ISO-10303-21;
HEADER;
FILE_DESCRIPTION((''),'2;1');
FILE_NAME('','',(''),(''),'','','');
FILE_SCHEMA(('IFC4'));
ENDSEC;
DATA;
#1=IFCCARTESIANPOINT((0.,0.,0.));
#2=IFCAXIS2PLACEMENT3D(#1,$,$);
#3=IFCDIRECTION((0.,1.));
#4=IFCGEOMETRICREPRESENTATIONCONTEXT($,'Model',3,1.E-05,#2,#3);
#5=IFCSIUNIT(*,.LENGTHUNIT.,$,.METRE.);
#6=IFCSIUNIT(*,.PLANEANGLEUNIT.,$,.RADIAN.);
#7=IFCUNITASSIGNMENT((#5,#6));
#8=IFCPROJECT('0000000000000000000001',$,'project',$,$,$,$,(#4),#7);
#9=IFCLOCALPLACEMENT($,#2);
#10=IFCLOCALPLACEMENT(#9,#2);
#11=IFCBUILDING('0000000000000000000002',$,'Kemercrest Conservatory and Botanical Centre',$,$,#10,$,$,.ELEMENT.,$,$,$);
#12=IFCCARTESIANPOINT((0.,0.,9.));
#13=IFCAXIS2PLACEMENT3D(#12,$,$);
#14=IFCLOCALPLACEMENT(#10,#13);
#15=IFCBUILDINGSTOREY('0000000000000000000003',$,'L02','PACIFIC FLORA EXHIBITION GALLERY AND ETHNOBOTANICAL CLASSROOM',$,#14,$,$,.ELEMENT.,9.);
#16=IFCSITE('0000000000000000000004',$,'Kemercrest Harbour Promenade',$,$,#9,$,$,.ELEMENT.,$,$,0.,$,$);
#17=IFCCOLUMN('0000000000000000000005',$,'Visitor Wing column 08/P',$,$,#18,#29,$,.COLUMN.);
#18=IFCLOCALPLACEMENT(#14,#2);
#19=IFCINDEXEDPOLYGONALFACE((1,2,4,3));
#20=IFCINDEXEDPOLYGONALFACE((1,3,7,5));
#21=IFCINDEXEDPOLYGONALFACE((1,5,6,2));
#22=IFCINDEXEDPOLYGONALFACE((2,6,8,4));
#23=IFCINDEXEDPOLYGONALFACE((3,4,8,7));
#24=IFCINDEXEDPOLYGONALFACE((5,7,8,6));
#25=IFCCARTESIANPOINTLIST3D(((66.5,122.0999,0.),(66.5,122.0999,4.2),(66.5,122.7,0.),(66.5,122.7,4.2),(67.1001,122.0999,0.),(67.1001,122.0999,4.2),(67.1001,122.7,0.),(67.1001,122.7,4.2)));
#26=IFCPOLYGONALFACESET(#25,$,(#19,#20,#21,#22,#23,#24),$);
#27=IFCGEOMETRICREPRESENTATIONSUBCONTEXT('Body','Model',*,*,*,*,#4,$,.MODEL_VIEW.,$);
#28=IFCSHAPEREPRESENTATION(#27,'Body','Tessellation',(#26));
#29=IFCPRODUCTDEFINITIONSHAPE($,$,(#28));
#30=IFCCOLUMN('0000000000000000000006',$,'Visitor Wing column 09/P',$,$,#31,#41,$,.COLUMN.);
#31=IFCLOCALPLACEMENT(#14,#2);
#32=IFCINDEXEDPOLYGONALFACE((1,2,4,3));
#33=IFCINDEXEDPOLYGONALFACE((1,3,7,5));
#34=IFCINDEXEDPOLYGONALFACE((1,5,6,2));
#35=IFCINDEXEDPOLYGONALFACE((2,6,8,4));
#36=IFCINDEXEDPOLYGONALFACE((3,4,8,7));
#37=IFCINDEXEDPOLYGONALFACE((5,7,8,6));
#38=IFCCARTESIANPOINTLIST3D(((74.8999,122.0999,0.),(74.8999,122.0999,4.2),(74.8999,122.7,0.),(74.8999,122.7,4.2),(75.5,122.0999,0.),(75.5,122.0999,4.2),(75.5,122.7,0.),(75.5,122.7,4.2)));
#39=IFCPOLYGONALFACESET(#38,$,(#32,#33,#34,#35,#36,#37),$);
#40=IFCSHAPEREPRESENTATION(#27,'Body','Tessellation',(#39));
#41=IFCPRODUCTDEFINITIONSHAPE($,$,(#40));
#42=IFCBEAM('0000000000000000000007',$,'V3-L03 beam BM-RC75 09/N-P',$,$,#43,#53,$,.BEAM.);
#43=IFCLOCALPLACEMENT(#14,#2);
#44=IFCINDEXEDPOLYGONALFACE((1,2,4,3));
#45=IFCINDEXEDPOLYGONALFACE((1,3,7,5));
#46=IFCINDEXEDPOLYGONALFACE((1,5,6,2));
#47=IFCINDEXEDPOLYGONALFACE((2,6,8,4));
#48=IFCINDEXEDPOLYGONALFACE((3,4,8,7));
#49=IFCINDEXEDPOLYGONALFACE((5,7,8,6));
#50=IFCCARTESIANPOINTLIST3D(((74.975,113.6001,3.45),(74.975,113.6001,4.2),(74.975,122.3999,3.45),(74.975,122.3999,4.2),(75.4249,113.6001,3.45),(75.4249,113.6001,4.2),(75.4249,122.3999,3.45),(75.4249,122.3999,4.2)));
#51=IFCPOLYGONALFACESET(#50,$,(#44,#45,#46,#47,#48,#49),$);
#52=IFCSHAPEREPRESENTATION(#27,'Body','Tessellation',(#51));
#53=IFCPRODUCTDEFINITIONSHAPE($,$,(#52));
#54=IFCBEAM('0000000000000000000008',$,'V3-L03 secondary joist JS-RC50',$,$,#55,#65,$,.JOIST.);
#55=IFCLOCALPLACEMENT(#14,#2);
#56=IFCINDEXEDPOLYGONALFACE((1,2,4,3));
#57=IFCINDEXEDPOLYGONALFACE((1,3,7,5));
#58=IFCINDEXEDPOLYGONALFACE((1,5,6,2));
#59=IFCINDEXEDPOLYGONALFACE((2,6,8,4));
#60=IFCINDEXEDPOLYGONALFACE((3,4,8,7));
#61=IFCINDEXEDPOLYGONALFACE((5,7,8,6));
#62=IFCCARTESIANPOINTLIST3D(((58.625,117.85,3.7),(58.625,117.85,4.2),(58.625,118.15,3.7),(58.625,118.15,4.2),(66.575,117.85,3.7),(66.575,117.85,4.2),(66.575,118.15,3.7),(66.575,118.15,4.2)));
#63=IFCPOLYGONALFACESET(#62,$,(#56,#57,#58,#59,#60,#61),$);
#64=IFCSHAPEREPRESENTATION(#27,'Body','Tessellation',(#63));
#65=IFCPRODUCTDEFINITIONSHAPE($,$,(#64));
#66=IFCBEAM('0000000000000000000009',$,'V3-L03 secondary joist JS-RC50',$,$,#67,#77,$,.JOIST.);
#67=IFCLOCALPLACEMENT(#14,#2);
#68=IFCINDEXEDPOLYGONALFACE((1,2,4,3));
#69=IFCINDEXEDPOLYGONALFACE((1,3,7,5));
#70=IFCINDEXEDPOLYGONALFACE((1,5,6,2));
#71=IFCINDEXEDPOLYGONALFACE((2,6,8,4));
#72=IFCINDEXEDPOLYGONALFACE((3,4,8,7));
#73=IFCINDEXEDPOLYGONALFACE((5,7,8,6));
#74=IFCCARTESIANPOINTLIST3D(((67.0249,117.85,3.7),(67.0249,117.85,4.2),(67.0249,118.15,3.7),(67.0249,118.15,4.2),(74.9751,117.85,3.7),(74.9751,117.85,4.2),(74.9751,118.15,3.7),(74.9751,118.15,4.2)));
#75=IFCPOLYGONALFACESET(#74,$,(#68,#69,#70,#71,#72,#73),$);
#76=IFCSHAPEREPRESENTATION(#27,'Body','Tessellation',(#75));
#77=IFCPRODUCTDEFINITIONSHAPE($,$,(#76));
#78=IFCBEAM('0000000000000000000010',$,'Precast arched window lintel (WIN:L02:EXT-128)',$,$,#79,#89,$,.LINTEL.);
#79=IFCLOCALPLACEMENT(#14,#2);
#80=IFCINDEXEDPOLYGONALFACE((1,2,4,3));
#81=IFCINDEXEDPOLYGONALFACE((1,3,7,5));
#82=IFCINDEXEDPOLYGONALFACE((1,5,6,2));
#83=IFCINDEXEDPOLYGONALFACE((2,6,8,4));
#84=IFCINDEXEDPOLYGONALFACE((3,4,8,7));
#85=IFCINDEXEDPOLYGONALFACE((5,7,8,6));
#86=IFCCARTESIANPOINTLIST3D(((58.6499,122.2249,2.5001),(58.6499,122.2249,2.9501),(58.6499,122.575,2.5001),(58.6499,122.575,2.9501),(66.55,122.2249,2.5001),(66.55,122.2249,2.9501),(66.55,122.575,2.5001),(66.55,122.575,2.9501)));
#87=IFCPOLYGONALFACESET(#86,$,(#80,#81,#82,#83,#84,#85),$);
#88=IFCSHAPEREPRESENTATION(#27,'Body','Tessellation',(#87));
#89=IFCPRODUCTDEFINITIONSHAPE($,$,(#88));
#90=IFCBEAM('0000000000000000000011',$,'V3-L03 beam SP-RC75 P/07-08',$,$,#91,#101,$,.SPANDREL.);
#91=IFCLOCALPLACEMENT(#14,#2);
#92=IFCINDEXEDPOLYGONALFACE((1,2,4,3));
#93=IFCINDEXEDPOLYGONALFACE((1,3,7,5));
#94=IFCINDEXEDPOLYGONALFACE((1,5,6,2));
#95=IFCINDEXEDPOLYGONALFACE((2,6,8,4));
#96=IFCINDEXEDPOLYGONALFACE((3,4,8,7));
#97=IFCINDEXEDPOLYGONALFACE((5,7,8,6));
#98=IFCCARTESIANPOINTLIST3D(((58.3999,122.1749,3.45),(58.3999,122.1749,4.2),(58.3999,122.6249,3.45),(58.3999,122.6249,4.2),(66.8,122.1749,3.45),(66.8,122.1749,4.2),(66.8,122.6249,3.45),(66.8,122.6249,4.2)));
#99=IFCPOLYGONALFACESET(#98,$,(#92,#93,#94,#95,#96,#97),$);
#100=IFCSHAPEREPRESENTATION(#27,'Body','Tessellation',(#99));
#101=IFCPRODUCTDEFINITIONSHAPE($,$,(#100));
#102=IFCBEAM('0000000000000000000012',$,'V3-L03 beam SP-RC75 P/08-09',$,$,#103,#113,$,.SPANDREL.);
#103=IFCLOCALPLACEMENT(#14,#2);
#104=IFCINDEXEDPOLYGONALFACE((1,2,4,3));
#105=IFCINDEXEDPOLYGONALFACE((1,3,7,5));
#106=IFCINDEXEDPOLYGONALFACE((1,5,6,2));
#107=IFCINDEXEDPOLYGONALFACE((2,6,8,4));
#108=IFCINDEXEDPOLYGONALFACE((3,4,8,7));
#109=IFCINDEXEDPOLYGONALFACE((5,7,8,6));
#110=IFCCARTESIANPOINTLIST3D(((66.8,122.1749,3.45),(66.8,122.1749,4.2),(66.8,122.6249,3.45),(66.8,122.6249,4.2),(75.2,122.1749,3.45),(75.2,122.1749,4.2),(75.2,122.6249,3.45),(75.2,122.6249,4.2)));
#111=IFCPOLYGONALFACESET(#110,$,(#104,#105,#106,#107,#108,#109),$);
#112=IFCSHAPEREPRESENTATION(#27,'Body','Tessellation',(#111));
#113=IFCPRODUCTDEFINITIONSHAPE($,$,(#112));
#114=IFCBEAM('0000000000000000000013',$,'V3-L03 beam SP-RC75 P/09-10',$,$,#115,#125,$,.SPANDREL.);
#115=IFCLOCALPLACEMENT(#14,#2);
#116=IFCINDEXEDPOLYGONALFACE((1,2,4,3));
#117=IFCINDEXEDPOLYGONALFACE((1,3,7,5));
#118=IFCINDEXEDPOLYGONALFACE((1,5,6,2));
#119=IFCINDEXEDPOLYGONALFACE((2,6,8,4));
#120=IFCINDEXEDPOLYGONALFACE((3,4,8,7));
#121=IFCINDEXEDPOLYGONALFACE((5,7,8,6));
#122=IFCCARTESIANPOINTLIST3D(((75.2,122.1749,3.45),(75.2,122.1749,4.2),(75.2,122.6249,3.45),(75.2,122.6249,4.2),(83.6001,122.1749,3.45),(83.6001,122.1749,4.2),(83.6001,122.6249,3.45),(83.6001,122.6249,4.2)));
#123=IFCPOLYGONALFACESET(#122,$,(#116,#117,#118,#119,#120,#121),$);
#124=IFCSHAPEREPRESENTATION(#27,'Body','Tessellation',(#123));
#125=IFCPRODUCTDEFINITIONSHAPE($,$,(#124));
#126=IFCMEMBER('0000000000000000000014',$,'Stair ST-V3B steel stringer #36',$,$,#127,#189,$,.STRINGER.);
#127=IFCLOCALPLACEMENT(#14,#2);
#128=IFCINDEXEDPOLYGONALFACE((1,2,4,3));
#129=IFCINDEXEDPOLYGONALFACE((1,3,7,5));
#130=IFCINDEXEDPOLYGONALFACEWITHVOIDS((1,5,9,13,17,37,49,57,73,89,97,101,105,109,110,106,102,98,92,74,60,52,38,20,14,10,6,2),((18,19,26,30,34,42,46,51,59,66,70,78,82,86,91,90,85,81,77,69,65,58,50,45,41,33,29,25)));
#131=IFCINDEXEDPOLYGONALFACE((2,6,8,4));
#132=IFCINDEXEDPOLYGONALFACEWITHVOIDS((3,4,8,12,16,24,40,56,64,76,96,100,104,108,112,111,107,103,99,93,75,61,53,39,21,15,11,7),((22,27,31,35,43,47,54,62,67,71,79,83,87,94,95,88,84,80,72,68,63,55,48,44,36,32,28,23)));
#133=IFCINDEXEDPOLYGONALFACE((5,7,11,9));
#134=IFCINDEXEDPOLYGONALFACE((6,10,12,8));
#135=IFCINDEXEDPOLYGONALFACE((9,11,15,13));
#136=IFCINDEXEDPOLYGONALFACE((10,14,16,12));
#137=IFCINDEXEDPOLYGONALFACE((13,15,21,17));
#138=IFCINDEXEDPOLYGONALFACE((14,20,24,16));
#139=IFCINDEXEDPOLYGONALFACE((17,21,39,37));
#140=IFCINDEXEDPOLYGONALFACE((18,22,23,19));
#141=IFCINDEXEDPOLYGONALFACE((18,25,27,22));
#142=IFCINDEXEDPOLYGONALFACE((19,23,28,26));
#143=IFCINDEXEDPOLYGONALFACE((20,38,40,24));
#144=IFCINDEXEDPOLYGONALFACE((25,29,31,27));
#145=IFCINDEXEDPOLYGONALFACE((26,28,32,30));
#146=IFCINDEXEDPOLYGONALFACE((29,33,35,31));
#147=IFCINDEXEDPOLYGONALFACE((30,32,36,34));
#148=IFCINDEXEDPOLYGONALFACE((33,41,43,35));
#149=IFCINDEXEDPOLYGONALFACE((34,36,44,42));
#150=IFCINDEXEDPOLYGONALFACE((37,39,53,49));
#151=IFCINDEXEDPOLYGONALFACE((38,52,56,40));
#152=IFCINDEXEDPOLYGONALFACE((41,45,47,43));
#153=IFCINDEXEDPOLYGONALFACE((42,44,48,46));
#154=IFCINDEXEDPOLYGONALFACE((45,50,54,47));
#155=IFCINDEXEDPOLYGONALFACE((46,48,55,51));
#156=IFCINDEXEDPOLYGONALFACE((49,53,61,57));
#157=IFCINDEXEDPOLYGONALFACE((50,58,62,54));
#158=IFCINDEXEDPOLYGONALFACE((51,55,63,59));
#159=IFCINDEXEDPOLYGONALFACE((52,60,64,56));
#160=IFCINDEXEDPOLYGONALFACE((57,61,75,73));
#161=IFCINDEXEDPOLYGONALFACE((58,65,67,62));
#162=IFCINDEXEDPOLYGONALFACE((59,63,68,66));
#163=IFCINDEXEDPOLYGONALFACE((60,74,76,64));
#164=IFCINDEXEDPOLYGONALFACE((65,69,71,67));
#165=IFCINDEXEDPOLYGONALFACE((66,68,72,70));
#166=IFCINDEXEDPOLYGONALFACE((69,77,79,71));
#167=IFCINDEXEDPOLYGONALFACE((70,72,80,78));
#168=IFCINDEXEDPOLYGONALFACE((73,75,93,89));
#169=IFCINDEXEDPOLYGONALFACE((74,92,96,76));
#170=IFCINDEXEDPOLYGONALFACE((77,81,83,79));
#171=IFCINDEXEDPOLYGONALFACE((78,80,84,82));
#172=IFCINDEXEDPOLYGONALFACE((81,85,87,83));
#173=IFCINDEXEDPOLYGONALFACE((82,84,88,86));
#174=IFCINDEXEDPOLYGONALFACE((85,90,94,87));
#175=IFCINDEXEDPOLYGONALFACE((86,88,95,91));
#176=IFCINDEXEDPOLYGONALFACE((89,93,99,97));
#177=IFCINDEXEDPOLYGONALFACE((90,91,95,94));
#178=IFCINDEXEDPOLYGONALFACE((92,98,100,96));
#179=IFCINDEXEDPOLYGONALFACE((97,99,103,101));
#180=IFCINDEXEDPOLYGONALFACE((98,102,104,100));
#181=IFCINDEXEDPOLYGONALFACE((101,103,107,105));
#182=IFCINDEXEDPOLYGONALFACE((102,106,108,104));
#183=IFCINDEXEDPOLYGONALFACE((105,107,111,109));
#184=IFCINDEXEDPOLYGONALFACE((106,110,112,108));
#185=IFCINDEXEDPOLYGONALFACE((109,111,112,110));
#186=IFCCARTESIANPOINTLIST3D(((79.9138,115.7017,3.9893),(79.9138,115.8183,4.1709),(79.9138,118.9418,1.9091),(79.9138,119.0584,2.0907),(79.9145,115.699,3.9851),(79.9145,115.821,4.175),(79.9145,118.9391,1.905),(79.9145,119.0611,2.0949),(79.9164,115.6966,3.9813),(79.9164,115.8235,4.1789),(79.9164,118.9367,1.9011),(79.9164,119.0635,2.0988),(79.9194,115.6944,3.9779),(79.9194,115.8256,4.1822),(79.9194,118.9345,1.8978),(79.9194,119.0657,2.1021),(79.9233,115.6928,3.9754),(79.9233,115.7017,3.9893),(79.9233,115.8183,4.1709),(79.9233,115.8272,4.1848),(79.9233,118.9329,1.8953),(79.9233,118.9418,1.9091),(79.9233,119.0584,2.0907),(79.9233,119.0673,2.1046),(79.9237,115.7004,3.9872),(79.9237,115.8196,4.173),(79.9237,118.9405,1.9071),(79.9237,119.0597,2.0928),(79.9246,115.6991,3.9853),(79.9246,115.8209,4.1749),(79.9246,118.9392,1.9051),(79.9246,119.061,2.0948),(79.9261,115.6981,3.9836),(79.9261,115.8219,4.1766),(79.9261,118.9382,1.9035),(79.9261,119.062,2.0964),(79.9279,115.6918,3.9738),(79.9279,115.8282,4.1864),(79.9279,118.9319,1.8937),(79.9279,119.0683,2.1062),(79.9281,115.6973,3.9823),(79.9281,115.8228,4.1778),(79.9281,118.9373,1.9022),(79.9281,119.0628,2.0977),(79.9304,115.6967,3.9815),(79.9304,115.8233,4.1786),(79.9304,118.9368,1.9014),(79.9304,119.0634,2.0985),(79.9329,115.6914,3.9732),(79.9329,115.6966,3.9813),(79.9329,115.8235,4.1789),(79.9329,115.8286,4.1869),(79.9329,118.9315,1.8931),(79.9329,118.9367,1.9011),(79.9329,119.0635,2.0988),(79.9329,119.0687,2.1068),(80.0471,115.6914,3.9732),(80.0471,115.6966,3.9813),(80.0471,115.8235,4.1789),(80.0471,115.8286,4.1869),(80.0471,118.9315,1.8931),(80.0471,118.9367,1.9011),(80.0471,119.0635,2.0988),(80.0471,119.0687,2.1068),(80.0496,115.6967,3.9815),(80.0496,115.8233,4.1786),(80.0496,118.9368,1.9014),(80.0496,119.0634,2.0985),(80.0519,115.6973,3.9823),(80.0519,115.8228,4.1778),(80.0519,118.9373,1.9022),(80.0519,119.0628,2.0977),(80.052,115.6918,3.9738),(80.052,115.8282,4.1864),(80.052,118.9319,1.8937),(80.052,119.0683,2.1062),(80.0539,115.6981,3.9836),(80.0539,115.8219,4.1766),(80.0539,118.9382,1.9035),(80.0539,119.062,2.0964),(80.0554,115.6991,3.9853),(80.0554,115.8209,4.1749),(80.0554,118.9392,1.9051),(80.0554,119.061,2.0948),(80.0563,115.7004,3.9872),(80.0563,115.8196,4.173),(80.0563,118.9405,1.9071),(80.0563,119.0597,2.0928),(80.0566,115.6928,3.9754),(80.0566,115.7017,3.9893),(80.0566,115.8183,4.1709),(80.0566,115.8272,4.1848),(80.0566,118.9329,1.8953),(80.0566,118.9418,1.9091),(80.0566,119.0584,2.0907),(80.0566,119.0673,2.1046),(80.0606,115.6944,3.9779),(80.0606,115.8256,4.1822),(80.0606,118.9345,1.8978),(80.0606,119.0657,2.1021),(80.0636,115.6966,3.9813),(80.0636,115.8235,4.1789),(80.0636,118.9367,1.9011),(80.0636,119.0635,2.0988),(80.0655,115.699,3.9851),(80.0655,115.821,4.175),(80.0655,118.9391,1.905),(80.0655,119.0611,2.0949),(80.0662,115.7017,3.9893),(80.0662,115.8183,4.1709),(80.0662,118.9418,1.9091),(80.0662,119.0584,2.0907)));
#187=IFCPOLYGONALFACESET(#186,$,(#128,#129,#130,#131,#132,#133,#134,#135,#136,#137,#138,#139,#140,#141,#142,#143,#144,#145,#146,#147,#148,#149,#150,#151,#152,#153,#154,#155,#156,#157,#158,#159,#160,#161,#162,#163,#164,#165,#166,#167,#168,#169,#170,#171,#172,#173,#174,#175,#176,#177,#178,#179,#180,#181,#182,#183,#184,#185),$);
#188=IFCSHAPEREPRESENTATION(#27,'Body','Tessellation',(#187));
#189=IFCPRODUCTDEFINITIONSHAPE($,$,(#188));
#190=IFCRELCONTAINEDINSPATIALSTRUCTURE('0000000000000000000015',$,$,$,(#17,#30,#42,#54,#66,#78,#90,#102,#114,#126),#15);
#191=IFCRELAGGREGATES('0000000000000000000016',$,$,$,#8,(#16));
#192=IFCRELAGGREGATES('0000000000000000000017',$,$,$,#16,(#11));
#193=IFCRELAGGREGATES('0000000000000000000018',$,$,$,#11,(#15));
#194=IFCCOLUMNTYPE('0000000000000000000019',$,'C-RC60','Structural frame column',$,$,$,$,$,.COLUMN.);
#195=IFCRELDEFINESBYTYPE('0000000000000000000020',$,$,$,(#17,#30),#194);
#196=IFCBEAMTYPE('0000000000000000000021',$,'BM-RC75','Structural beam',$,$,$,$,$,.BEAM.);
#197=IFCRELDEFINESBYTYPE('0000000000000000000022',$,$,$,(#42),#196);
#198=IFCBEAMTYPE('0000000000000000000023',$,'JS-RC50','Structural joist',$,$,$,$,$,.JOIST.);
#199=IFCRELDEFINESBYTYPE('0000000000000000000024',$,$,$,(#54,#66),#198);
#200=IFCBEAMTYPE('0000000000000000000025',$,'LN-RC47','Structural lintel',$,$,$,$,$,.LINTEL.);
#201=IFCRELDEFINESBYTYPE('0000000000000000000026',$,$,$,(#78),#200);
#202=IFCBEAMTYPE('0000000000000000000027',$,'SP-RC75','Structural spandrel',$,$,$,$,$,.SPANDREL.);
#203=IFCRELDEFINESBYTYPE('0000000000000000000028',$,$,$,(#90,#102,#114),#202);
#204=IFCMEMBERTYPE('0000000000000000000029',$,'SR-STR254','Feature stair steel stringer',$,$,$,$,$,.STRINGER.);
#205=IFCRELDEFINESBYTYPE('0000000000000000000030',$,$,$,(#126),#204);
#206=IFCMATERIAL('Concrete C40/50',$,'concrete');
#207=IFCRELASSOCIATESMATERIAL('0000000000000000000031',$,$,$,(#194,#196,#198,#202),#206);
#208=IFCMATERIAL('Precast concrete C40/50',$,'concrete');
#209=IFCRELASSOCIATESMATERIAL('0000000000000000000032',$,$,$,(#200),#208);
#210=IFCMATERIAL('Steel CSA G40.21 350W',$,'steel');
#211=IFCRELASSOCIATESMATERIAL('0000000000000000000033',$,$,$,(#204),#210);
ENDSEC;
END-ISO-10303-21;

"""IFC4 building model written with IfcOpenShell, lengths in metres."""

from ifc_helpers import new_model, si_unit, direction, frame, origin, origin_2d, place, context, subcontext, project, spatial, rectangle, hollow_rectangle, extrude, material, material_profile, profile_set, type_object, element, save


model = new_model("IFC4")

# Units and contexts
model_context = context("Model", 3, precision=1e-05, world=origin(), true_north=direction((0.0, 1.0)))
body_context = subcontext(model_context, "Body", "Model", "MODEL_VIEW")
ifc_project = project(units=[si_unit("LENGTHUNIT", "METRE"), si_unit("PLANEANGLEUNIT", "RADIAN")], contexts=[model_context])

# Site, building, storey
site_placement = place(None, origin())
site = spatial("IfcSite", under=ifc_project, at=site_placement, Name="Kemercrest Harbour Promenade", CompositionType="ELEMENT", RefElevation=0.0)
building_placement = place(site_placement, origin())
building = spatial("IfcBuilding", under=site, at=building_placement, Name="Kemercrest Conservatory and Botanical Centre", CompositionType="ELEMENT")
storey_placement = place(building_placement, frame((0.0, 0.0, 9.0)))
storey = spatial("IfcBuildingStorey", under=building, at=storey_placement, Name="L02", Description="PACIFIC FLORA EXHIBITION GALLERY AND ETHNOBOTANICAL CLASSROOM", CompositionType="ELEMENT", Elevation=9.0)

# Columns
ifc_material_1 = material(Name="Concrete C40/50", Category="concrete")
ifc_material_profile_1 = material_profile(ifc_material_1, rectangle(XDim=0.6001, YDim=0.6001, at=origin_2d()), Name="RC 600x600")
ifc_profile_set_1 = profile_set([ifc_material_profile_1], Name="Concrete C40/50")
column_type = type_object("IfcColumnType", Name="C-RC60", Description="Structural frame column", PredefinedType="COLUMN", material=ifc_profile_set_1)
for number, where, z_axis, x_axis, name in (
    (1, (66.8, 122.3999, 0.0), (0.0, 0.0, 1.0), (1.0, 0.0, 0.0), "Visitor Wing column 08/P"),
    (2, (75.2, 122.3999, 0.0), (0.0, 0.0, 1.0), (1.0, 0.0, 0.0), "Visitor Wing column 09/P"),
):
    element("IfcColumn", number, at=place(storey_placement, frame(where, z_axis=z_axis, x_axis=x_axis)), inside=storey, type_object=column_type, Name=name, PredefinedType="COLUMN", context=body_context, shape_type="SweptSolid", body=[
        extrude(rectangle(XDim=0.6001, YDim=0.6001, at=origin_2d()), origin(), (0.0, 0.0, 1.0), 4.2),
    ])

# Beams
ifc_material_profile_2 = material_profile(ifc_material_1, rectangle(XDim=0.45, YDim=0.75, at=origin_2d()), Name="RC 450x750")
ifc_profile_set_2 = profile_set([ifc_material_profile_2], Name="Concrete C40/50")
beam_type_1 = type_object("IfcBeamType", Name="BM-RC75", Description="Structural beam", PredefinedType="BEAM", material=ifc_profile_set_2)
beam_1_placement = place(storey_placement, frame((75.2, 113.6001, 3.825), z_axis=(0.0, 1.0, 0.0), x_axis=(-1.0, 0.0, 0.0)))
element("IfcBeam", 3, at=beam_1_placement, inside=storey, type_object=beam_type_1, Name="V3-L03 beam BM-RC75 09/N-P", PredefinedType="BEAM", context=body_context, shape_type="SweptSolid", body=[
    extrude(rectangle(XDim=0.45, YDim=0.75, at=origin_2d()), origin(), (0.0, 0.0, 1.0), 8.7998),
])
ifc_material_profile_3 = material_profile(ifc_material_1, rectangle(XDim=0.3, YDim=0.5, at=origin_2d()), Name="RC 300x500")
ifc_profile_set_3 = profile_set([ifc_material_profile_3], Name="Concrete C40/50")
beam_type_2 = type_object("IfcBeamType", Name="JS-RC50", Description="Structural joist", PredefinedType="JOIST", material=ifc_profile_set_3)
beam_2_placement = place(storey_placement, frame((58.625, 118.0, 3.95), z_axis=(1.0, 0.0, 0.0), x_axis=(0.0, 1.0, 0.0)))
element("IfcBeam", 4, at=beam_2_placement, inside=storey, type_object=beam_type_2, Name="V3-L03 secondary joist JS-RC50", PredefinedType="JOIST", context=body_context, shape_type="SweptSolid", body=[
    extrude(rectangle(XDim=0.3, YDim=0.5, at=origin_2d()), origin(), (0.0, 0.0, 1.0), 7.95),
])
beam_3_placement = place(storey_placement, frame((67.0249, 118.0, 3.95), z_axis=(1.0, 0.0, 0.0), x_axis=(0.0, 1.0, 0.0)))
element("IfcBeam", 5, at=beam_3_placement, inside=storey, type_object=beam_type_2, Name="V3-L03 secondary joist JS-RC50", PredefinedType="JOIST", context=body_context, shape_type="SweptSolid", body=[
    extrude(rectangle(XDim=0.3, YDim=0.5, at=origin_2d()), origin(), (0.0, 0.0, 1.0), 7.9502),
])
ifc_material_2 = material(Name="Precast concrete C40/50", Category="concrete")
ifc_material_profile_4 = material_profile(ifc_material_2, rectangle(XDim=0.3501, YDim=0.45, at=origin_2d()), Name="RC 350x450")
ifc_profile_set_4 = profile_set([ifc_material_profile_4], Name="Precast concrete C40/50")
beam_type_3 = type_object("IfcBeamType", Name="LN-RC47", Description="Structural lintel", PredefinedType="LINTEL", material=ifc_profile_set_4)
beam_4_placement = place(storey_placement, frame((66.55, 122.3999, 2.7251), z_axis=(-1.0, 0.0, 0.0), x_axis=(0.0, -1.0, 0.0)))
element("IfcBeam", 6, at=beam_4_placement, inside=storey, type_object=beam_type_3, Name="Precast arched window lintel (WIN:L02:EXT-128)", PredefinedType="LINTEL", context=body_context, shape_type="SweptSolid", body=[
    extrude(rectangle(XDim=0.3501, YDim=0.45, at=origin_2d()), origin(), (0.0, 0.0, 1.0), 7.9001),
])
ifc_material_profile_5 = material_profile(ifc_material_1, rectangle(XDim=0.45, YDim=0.75, at=origin_2d()), Name="RC 450x750")
ifc_profile_set_5 = profile_set([ifc_material_profile_5], Name="Concrete C40/50")
beam_type_4 = type_object("IfcBeamType", Name="SP-RC75", Description="Structural spandrel", PredefinedType="SPANDREL", material=ifc_profile_set_5)
beam_5_placement = place(storey_placement, frame((58.3999, 122.3999, 3.825), z_axis=(1.0, 0.0, 0.0), x_axis=(0.0, 1.0, 0.0)))
element("IfcBeam", 7, at=beam_5_placement, inside=storey, type_object=beam_type_4, Name="V3-L03 beam SP-RC75 P/07-08", PredefinedType="SPANDREL", context=body_context, shape_type="SweptSolid", body=[
    extrude(rectangle(XDim=0.45, YDim=0.75, at=origin_2d()), origin(), (0.0, 0.0, 1.0), 8.4001),
])
beam_6_placement = place(storey_placement, frame((66.8, 122.3999, 3.825), z_axis=(1.0, 0.0, 0.0), x_axis=(0.0, 1.0, 0.0)))
element("IfcBeam", 8, at=beam_6_placement, inside=storey, type_object=beam_type_4, Name="V3-L03 beam SP-RC75 P/08-09", PredefinedType="SPANDREL", context=body_context, shape_type="SweptSolid", body=[
    extrude(rectangle(XDim=0.45, YDim=0.75, at=origin_2d()), origin(), (0.0, 0.0, 1.0), 8.3999),
])
beam_7_placement = place(storey_placement, frame((75.2, 122.3999, 3.825), z_axis=(1.0, 0.0, 0.0), x_axis=(0.0, 1.0, 0.0)))
element("IfcBeam", 9, at=beam_7_placement, inside=storey, type_object=beam_type_4, Name="V3-L03 beam SP-RC75 P/09-10", PredefinedType="SPANDREL", context=body_context, shape_type="SweptSolid", body=[
    extrude(rectangle(XDim=0.45, YDim=0.75, at=origin_2d()), origin(), (0.0, 0.0, 1.0), 8.4001),
])

# Member
ifc_material_3 = material(Name="Steel CSA G40.21 350W", Category="steel")
ifc_material_profile_6 = material_profile(ifc_material_3, hollow_rectangle(XDim=0.1523, YDim=0.2539, WallThickness=0.0095, InnerFilletRadius=0.0095, OuterFilletRadius=0.019, at=origin_2d()), Name="HSS 254x152x9.5")
ifc_profile_set_6 = profile_set([ifc_material_profile_6], Name="Steel CSA G40.21 350W")
member_type = type_object("IfcMemberType", Name="SR-STR254", Description="Feature stair steel stringer", PredefinedType="STRINGER", material=ifc_profile_set_6)
member_placement = place(storey_placement, frame((79.99, 115.76, 4.0801), z_axis=(0.0, 0.841506, -0.540248), x_axis=(-1.0, 0.0, 0.0)))
element("IfcMember", 10, at=member_placement, inside=storey, type_object=member_type, Name="Stair ST-V3B steel stringer #36", PredefinedType="STRINGER", context=body_context, shape_type="SweptSolid", body=[
    extrude(hollow_rectangle(XDim=0.1523, YDim=0.2539, WallThickness=0.0095, InnerFilletRadius=0.0095, OuterFilletRadius=0.019, at=origin_2d()), origin(), (0.0, 0.0, 1.0), 3.8503),
])

save(model, "model.ifc")
